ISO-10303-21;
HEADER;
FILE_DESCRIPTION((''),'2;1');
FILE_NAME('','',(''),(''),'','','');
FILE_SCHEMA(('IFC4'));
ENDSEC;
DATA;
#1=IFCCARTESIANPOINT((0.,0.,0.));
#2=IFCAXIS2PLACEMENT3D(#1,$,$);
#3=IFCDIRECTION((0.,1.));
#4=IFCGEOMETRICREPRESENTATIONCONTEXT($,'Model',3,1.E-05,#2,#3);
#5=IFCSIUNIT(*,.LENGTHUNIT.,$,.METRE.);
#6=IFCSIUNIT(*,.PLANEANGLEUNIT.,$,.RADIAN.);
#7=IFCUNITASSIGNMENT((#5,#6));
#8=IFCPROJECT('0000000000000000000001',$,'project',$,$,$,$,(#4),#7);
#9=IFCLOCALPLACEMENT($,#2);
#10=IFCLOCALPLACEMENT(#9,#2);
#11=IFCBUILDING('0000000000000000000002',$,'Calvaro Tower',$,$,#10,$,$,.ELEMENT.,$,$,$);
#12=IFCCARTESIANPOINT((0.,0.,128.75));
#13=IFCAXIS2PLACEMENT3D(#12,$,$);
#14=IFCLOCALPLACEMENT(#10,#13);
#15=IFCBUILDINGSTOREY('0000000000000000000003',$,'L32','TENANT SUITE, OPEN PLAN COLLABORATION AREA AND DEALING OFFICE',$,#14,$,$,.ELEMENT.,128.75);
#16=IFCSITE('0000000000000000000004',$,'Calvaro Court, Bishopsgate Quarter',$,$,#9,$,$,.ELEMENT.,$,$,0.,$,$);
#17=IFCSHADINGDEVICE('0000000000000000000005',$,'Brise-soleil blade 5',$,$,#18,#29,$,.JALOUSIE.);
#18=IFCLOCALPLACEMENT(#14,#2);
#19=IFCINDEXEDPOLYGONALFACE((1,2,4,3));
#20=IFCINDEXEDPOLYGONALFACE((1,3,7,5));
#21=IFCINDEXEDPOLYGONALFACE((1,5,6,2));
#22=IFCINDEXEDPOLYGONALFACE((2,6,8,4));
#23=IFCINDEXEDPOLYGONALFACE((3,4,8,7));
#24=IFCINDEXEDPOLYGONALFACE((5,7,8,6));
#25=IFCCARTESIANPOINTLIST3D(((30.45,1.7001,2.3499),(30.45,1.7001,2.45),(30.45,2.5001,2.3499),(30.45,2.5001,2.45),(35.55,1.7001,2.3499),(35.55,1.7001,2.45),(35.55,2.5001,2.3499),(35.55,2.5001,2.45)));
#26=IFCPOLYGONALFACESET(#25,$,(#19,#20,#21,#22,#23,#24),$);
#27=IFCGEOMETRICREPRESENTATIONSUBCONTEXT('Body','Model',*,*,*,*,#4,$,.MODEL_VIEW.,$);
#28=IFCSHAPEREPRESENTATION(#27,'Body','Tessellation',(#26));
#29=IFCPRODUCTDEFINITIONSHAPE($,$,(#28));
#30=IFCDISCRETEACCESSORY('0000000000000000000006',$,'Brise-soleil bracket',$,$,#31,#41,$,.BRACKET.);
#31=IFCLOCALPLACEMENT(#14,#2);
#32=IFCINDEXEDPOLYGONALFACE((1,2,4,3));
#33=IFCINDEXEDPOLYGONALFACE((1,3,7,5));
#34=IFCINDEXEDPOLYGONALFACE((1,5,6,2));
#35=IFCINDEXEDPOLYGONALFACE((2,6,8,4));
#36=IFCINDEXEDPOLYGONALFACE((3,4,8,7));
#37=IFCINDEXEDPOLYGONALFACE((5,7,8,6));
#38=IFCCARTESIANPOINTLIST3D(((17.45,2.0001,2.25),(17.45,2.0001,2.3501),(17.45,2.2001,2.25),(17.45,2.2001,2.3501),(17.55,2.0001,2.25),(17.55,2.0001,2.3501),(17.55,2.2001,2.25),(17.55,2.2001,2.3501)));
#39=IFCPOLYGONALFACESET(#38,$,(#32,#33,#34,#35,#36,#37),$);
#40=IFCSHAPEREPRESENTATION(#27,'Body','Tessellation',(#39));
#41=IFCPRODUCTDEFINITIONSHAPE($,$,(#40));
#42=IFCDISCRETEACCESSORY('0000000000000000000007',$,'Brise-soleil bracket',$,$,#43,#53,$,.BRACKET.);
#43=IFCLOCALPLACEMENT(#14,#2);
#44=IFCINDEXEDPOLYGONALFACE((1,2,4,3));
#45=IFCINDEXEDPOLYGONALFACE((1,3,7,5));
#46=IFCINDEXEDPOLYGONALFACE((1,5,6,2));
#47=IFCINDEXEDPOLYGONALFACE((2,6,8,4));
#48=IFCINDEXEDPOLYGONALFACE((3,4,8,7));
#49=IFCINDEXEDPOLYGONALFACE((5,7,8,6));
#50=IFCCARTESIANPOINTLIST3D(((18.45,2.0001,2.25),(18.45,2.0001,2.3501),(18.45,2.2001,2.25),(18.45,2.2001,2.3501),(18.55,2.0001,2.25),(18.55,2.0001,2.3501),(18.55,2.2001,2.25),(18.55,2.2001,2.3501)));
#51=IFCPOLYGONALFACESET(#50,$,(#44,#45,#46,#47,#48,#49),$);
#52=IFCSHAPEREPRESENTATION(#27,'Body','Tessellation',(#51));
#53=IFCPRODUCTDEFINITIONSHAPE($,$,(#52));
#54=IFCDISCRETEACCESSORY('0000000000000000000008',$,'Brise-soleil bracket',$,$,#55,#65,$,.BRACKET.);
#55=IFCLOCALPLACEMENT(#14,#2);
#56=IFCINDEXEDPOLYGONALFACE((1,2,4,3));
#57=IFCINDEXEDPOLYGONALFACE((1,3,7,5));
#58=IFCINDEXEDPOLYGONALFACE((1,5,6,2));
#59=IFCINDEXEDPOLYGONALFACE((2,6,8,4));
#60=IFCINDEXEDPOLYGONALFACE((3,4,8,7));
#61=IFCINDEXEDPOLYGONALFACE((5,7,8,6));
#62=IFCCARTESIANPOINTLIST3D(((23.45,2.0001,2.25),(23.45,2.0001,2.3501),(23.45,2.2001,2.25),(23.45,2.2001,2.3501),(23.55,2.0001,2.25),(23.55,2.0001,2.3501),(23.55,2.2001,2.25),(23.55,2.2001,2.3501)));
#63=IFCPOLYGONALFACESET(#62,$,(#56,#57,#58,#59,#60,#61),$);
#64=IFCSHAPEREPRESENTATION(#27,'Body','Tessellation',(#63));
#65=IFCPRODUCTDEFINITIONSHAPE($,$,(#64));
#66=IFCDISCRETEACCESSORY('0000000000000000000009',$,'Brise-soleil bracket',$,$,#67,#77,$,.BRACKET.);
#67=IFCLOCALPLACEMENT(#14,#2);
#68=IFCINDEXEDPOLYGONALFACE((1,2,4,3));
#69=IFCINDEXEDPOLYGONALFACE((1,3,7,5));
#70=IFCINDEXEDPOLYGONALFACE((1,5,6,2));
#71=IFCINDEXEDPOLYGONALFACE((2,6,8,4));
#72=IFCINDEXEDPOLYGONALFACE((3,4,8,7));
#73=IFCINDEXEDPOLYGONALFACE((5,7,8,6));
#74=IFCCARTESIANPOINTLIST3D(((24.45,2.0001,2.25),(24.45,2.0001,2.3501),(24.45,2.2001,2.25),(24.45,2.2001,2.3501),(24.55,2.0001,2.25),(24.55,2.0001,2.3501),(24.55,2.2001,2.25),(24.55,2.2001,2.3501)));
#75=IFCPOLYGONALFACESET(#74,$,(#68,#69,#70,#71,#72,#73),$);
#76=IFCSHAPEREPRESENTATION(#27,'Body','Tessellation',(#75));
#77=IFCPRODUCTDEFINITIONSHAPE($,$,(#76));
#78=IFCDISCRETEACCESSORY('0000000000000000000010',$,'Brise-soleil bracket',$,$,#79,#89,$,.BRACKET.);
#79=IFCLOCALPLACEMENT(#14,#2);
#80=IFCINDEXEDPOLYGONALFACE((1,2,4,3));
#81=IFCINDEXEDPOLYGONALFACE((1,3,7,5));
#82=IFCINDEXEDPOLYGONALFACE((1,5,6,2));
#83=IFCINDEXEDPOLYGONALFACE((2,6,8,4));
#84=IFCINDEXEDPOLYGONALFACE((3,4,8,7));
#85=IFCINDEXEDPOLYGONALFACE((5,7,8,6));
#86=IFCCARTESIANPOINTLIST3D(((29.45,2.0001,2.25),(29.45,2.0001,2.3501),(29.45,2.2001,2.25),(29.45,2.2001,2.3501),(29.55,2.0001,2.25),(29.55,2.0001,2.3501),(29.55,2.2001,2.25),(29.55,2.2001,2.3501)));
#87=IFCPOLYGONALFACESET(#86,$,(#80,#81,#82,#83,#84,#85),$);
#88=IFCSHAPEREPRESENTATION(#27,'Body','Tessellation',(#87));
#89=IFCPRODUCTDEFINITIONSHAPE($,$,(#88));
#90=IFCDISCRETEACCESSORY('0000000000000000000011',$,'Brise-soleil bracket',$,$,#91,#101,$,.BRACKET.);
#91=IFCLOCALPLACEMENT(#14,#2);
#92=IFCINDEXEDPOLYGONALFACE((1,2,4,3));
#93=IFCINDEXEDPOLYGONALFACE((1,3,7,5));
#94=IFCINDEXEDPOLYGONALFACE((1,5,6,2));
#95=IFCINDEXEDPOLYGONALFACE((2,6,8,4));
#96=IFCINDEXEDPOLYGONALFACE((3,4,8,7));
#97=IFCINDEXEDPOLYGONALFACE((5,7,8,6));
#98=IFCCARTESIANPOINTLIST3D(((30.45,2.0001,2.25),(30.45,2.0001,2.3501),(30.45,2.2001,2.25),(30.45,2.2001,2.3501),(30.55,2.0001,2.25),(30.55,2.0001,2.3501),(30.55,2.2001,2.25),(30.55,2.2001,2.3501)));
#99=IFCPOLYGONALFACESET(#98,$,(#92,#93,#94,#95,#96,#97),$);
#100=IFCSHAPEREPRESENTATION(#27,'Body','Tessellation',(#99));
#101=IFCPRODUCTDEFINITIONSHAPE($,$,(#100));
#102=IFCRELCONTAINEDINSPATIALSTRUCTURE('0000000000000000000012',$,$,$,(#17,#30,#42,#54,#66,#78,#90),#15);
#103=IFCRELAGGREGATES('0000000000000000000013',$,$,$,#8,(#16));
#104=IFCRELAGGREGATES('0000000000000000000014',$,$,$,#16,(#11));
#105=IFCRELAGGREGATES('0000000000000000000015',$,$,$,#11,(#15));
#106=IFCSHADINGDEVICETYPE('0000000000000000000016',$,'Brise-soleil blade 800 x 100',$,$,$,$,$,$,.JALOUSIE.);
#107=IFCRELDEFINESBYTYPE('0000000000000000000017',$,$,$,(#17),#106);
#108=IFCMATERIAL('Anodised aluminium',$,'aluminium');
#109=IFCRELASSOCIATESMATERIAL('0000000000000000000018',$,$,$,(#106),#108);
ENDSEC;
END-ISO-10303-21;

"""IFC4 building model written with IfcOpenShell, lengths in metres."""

from ifc_helpers import new_model, si_unit, direction, frame, origin, origin_2d, place, context, subcontext, project, spatial, rectangle, extrude, material, material_profile, profile_set, type_object, element, save


model = new_model("IFC4")

# Units and contexts
model_context = context("Model", 3, precision=1e-05, world=origin(), true_north=direction((0.0, 1.0)))
body_context = subcontext(model_context, "Body", "Model", "MODEL_VIEW")
ifc_project = project(units=[si_unit("LENGTHUNIT", "METRE"), si_unit("PLANEANGLEUNIT", "RADIAN")], contexts=[model_context])

# Site, building, storey
site_placement = place(None, origin())
site = spatial("IfcSite", under=ifc_project, at=site_placement, Name="Calvaro Court, Bishopsgate Quarter", CompositionType="ELEMENT", RefElevation=0.0)
building_placement = place(site_placement, origin())
building = spatial("IfcBuilding", under=site, at=building_placement, Name="Calvaro Tower", CompositionType="ELEMENT")
storey_placement = place(building_placement, frame((0.0, 0.0, 128.75)))
storey = spatial("IfcBuildingStorey", under=building, at=storey_placement, Name="L32", Description="TENANT SUITE, OPEN PLAN COLLABORATION AREA AND DEALING OFFICE", CompositionType="ELEMENT", Elevation=128.75)

# Shading device
ifc_material_1 = material(Name="Anodised aluminium", Category="aluminium")
ifc_material_profile_1 = material_profile(ifc_material_1, rectangle(XDim=0.8, YDim=0.1001, at=origin_2d()), Name="Brise-soleil blade 800 x 100")
ifc_profile_set_1 = profile_set([ifc_material_profile_1], Name="Anodised aluminium")
shading_device_type = type_object("IfcShadingDeviceType", Name="Brise-soleil blade 800 x 100", PredefinedType="JALOUSIE", material=ifc_profile_set_1)
for number, where, z_axis, x_axis, name in (
    (1, (30.45, 2.1001, 2.3999), (1.0, 0.0, 0.0), (0.0, 1.0, 0.0), "Brise-soleil blade 5"),
):
    element("IfcShadingDevice", number, at=place(storey_placement, frame(where, z_axis=z_axis, x_axis=x_axis)), inside=storey, type_object=shading_device_type, Name=name, PredefinedType="JALOUSIE", context=body_context, shape_type="SweptSolid", body=[
        extrude(rectangle(XDim=0.8, YDim=0.1001, at=origin_2d()), origin(), (0.0, 0.0, 1.0), 5.1001),
    ])

# Discrete accessories
for number, where, z_axis, x_axis, name in (
    (2, (17.5, 2.1001, 2.25), (0.0, 0.0, 1.0), (1.0, 0.0, 0.0), "Brise-soleil bracket"),
    (3, (18.5, 2.1001, 2.25), (0.0, 0.0, 1.0), (1.0, 0.0, 0.0), "Brise-soleil bracket"),
    (4, (23.5, 2.1001, 2.25), (0.0, 0.0, 1.0), (1.0, 0.0, 0.0), "Brise-soleil bracket"),
    (5, (24.5, 2.1001, 2.25), (0.0, 0.0, 1.0), (1.0, 0.0, 0.0), "Brise-soleil bracket"),
    (6, (29.5, 2.1001, 2.25), (0.0, 0.0, 1.0), (1.0, 0.0, 0.0), "Brise-soleil bracket"),
    (7, (30.5, 2.1001, 2.25), (0.0, 0.0, 1.0), (1.0, 0.0, 0.0), "Brise-soleil bracket"),
):
    element("IfcDiscreteAccessory", number, at=place(storey_placement, frame(where, z_axis=z_axis, x_axis=x_axis)), inside=storey, Name=name, PredefinedType="BRACKET", context=body_context, shape_type="SweptSolid", body=[
        extrude(rectangle(XDim=0.1001, YDim=0.2, at=origin_2d()), origin(), (0.0, 0.0, 1.0), 0.1001),
    ])

save(model, "model.ifc")
